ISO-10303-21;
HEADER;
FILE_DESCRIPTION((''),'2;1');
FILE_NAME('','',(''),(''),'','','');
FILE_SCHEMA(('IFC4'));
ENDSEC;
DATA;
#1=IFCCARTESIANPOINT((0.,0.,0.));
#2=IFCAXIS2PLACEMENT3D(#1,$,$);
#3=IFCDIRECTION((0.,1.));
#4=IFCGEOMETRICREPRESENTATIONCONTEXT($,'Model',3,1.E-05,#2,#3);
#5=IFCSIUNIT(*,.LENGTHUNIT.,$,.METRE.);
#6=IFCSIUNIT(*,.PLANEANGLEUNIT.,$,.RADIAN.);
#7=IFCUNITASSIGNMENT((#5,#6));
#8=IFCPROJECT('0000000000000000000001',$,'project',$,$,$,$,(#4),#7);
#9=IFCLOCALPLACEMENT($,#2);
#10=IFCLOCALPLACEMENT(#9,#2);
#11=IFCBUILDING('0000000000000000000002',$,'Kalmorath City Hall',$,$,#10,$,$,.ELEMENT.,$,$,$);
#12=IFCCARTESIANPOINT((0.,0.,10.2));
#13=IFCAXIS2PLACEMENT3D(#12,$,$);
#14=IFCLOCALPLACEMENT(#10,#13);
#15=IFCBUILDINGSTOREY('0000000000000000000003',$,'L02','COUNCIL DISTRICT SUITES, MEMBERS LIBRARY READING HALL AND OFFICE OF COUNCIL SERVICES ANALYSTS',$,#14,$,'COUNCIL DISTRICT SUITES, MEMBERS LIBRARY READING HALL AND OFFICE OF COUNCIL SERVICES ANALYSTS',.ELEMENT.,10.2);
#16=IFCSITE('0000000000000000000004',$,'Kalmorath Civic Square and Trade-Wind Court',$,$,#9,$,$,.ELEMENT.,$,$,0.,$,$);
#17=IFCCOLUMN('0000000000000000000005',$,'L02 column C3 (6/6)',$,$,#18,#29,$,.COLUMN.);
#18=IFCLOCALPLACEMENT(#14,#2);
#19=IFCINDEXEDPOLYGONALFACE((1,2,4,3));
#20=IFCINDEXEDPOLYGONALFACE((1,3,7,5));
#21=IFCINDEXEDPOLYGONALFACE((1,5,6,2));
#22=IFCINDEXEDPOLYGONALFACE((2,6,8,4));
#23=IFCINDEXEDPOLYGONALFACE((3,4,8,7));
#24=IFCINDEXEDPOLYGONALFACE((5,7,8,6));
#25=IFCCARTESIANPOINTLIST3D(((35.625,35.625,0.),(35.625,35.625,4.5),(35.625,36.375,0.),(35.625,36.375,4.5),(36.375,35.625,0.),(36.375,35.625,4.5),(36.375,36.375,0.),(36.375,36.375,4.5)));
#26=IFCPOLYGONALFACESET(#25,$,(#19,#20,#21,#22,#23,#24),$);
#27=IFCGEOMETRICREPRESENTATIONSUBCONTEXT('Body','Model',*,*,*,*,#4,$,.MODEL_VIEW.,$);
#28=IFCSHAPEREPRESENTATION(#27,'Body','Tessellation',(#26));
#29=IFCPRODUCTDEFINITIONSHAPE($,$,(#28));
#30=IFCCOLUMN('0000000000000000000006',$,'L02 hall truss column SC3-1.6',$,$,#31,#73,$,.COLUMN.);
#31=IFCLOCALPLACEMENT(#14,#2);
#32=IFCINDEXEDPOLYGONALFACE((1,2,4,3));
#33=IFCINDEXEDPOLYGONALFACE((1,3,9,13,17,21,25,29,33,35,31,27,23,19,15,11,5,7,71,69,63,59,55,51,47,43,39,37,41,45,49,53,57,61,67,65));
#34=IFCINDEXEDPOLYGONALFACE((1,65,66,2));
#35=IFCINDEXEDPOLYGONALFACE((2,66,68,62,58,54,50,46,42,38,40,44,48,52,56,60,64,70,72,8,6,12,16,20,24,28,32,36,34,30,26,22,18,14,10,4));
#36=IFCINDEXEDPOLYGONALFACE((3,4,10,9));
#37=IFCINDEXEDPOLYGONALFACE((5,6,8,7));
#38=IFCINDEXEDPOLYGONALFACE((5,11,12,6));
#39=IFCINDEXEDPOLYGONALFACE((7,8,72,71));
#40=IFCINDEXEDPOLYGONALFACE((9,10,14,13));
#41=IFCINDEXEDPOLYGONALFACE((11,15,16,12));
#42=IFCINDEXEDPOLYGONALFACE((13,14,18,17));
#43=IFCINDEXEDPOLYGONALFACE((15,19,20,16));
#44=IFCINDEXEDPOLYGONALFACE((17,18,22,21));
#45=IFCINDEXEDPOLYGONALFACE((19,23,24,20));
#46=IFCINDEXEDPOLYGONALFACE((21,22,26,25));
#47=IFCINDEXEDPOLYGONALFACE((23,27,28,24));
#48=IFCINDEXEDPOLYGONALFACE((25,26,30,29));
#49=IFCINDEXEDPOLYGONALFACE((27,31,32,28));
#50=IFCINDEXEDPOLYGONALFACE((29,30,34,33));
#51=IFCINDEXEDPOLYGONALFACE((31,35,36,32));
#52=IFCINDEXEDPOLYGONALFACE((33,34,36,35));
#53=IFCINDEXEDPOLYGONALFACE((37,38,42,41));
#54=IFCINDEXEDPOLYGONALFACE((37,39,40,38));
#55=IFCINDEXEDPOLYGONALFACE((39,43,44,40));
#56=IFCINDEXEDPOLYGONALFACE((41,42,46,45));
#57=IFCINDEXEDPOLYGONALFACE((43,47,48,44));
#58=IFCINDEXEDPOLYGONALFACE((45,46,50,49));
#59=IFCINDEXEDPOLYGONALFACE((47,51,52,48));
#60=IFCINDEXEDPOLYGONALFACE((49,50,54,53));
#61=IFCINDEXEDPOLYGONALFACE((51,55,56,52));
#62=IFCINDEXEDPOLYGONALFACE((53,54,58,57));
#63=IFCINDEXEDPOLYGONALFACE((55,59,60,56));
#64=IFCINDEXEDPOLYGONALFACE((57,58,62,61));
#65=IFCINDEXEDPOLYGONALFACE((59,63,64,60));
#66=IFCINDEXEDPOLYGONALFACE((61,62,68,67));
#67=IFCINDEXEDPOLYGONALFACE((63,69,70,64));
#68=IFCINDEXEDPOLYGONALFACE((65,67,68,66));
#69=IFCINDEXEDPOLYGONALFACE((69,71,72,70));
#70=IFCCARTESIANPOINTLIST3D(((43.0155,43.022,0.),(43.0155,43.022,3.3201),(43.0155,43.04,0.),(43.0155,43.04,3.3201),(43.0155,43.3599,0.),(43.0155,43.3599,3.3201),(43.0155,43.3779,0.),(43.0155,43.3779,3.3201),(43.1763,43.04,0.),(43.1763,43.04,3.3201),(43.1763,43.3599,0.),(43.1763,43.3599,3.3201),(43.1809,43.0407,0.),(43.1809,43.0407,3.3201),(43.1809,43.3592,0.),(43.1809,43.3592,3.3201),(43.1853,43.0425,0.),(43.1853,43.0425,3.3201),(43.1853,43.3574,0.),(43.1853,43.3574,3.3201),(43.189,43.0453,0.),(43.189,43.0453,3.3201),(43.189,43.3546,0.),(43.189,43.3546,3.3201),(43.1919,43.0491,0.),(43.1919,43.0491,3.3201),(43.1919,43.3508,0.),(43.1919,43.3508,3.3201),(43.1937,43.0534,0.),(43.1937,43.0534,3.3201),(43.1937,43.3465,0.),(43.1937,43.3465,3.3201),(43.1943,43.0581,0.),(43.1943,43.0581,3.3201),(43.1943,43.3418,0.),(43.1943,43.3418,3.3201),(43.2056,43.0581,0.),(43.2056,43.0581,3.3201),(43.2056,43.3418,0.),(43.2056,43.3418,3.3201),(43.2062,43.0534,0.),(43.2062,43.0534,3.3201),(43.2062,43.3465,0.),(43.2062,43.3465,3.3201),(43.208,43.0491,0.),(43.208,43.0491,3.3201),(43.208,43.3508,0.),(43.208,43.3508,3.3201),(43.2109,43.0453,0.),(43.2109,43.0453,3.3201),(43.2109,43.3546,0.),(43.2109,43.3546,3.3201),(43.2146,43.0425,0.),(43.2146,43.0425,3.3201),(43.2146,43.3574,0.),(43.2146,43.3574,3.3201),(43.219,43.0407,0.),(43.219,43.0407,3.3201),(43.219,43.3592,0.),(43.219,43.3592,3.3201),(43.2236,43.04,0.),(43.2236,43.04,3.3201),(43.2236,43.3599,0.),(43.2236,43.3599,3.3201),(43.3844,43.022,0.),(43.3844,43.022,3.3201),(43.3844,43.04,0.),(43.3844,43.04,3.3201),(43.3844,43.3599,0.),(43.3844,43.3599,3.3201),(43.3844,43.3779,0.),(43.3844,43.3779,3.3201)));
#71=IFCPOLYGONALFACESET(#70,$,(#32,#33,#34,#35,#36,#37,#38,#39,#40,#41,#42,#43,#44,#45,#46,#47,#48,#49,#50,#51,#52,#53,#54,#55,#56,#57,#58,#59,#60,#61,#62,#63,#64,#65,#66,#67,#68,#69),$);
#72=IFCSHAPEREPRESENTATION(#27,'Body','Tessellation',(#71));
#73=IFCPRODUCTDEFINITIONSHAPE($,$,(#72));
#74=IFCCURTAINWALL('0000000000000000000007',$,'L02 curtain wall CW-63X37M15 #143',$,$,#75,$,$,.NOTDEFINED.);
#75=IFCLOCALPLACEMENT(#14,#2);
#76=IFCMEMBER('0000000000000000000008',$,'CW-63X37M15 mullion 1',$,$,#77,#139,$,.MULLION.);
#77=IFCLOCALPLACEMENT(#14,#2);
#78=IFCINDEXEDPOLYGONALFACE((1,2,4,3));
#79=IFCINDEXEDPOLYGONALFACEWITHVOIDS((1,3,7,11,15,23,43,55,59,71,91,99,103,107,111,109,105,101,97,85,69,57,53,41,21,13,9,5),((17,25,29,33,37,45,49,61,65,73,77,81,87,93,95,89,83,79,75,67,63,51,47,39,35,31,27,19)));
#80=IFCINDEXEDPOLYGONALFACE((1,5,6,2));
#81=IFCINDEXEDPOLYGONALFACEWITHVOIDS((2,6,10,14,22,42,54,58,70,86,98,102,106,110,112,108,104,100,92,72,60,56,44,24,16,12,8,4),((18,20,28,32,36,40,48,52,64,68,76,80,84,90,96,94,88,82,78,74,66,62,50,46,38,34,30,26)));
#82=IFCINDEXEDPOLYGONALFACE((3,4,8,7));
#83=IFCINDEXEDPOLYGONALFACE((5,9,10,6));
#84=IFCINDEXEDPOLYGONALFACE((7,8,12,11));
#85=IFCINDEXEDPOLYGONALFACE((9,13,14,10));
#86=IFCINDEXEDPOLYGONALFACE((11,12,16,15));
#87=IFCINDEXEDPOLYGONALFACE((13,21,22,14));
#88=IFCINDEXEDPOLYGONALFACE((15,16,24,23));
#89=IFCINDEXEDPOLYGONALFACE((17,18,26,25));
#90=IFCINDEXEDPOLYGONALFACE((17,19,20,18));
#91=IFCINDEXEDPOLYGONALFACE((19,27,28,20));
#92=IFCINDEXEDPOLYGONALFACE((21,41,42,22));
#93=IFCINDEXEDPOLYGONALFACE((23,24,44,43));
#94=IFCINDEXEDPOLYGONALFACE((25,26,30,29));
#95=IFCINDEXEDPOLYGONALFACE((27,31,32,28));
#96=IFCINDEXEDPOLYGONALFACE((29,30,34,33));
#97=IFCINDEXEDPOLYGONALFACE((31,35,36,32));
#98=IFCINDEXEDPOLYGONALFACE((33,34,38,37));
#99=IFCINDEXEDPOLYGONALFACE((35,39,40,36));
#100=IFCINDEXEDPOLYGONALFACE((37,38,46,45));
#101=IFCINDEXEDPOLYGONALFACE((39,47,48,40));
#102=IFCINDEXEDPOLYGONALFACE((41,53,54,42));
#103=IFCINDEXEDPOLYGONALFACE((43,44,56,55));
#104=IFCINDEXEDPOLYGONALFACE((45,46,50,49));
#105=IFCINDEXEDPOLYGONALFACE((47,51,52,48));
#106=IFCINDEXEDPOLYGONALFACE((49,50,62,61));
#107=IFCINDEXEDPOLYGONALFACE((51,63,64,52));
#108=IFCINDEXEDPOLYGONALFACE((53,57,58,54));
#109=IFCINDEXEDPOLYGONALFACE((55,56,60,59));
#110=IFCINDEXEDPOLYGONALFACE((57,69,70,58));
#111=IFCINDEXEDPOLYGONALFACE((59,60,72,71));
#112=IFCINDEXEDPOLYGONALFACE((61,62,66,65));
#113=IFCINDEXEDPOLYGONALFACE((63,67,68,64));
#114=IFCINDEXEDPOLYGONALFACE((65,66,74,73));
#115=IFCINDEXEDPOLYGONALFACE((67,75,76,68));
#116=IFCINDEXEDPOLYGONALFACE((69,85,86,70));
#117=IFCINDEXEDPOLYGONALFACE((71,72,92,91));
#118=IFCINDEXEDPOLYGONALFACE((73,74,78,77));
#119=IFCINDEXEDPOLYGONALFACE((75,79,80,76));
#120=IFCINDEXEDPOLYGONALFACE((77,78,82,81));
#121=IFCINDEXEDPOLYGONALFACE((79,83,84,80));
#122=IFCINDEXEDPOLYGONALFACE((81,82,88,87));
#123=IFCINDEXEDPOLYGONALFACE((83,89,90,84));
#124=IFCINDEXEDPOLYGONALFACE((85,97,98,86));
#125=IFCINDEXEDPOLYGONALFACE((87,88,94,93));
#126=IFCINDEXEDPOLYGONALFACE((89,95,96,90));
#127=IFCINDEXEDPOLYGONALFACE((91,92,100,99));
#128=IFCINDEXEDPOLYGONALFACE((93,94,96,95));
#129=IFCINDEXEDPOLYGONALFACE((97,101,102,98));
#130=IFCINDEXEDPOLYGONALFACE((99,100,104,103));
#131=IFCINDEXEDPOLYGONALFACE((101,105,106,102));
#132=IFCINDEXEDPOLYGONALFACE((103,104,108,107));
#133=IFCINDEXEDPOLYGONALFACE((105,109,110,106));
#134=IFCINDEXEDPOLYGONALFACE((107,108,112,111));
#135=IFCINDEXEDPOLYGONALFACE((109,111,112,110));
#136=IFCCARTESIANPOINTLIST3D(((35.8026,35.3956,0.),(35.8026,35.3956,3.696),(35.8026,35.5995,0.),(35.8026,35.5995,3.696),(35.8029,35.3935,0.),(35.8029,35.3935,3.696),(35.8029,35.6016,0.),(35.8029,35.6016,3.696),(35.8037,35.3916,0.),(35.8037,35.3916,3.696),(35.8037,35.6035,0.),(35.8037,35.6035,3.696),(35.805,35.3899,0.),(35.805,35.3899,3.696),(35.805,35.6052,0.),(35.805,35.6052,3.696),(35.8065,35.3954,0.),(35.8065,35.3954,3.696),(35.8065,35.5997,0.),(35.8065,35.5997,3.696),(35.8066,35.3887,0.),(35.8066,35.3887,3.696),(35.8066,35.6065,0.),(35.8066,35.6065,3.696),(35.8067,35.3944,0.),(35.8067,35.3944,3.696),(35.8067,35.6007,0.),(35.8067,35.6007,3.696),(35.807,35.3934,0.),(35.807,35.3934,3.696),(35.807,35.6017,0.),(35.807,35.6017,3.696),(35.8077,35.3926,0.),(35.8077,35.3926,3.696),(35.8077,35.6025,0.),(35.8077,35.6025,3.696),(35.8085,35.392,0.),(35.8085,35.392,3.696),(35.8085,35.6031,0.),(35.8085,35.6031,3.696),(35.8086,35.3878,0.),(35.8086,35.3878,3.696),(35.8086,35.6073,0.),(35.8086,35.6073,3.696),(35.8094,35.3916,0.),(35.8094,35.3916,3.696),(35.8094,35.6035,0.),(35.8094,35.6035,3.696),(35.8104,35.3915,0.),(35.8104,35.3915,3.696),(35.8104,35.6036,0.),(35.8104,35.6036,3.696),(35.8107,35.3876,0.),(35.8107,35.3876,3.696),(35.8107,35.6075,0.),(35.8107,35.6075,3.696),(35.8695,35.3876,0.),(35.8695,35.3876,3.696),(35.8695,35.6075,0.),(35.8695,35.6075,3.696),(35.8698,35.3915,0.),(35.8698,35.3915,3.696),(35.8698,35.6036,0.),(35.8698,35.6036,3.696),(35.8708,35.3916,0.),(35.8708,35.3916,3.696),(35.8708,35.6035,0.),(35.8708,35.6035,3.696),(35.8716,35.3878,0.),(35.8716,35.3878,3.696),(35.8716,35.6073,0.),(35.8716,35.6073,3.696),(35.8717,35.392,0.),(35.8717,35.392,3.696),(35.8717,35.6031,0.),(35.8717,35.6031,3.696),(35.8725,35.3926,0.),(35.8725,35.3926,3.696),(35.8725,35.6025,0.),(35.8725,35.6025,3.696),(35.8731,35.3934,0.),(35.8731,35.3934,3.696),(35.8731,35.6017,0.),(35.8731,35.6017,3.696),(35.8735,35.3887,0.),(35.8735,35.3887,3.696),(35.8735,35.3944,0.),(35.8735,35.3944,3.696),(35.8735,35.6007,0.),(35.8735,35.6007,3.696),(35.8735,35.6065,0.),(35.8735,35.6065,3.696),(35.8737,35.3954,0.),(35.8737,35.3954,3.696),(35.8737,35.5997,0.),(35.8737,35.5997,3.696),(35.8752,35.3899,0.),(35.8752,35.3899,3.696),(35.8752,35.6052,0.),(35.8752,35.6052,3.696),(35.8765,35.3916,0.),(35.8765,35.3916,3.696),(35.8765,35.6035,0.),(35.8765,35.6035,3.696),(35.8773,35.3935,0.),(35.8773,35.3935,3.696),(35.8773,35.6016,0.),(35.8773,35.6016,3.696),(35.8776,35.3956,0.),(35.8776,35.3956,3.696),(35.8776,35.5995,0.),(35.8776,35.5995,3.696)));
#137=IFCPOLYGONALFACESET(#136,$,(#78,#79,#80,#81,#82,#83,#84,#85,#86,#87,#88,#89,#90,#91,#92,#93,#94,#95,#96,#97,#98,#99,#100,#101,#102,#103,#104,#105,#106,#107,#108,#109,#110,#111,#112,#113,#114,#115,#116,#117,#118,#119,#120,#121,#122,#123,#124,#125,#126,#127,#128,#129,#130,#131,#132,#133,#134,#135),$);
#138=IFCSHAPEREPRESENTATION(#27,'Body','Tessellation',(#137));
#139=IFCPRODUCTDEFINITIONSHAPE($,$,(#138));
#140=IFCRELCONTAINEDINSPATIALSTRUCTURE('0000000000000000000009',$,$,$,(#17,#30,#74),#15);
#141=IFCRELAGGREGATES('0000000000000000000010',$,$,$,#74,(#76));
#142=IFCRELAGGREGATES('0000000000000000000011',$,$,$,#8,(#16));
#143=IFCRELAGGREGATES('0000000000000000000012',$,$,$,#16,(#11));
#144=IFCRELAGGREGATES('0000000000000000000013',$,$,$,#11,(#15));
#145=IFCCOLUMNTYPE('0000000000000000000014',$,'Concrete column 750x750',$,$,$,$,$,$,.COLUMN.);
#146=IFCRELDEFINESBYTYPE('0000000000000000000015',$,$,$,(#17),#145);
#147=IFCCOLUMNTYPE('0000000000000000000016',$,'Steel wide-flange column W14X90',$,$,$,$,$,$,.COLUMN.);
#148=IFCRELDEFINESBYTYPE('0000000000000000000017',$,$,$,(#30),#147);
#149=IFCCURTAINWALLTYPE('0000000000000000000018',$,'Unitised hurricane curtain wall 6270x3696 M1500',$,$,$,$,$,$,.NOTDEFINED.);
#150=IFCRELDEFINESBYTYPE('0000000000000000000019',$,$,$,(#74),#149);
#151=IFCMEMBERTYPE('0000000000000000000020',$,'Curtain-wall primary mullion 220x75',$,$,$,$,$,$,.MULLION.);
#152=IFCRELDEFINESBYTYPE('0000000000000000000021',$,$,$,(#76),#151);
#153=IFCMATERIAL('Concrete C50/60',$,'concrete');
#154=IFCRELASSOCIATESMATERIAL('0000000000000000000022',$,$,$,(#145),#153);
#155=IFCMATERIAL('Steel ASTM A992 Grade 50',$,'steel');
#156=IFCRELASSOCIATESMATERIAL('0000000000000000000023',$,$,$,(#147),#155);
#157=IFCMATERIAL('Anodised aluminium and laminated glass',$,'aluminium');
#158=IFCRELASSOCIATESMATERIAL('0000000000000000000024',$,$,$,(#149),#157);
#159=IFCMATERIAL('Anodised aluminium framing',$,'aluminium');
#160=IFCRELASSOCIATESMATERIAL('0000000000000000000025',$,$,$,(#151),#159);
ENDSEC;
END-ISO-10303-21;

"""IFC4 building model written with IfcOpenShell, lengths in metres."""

from ifc_helpers import new_model, si_unit, direction, frame, origin, origin_2d, place, context, subcontext, project, spatial, rectangle, hollow_rectangle, i_section, extrude, material, material_profile, profile_set, type_object, element, aggregate, save


model = new_model("IFC4")

# Units and contexts
model_context = context("Model", 3, precision=1e-05, world=origin(), true_north=direction((0.0, 1.0)))
body_context = subcontext(model_context, "Body", "Model", "MODEL_VIEW")
ifc_project = project(units=[si_unit("LENGTHUNIT", "METRE"), si_unit("PLANEANGLEUNIT", "RADIAN")], contexts=[model_context])

# Site, building, storey
site_placement = place(None, origin())
site = spatial("IfcSite", under=ifc_project, at=site_placement, Name="Kalmorath Civic Square and Trade-Wind Court", CompositionType="ELEMENT", RefElevation=0.0)
building_placement = place(site_placement, origin())
building = spatial("IfcBuilding", under=site, at=building_placement, Name="Kalmorath City Hall", CompositionType="ELEMENT")
storey_placement = place(building_placement, frame((0.0, 0.0, 10.2)))
storey = spatial("IfcBuildingStorey", under=building, at=storey_placement, Name="L02", Description="COUNCIL DISTRICT SUITES, MEMBERS LIBRARY READING HALL AND OFFICE OF COUNCIL SERVICES ANALYSTS", LongName="COUNCIL DISTRICT SUITES, MEMBERS LIBRARY READING HALL AND OFFICE OF COUNCIL SERVICES ANALYSTS", CompositionType="ELEMENT", Elevation=10.2)

# Columns
ifc_material_1 = material(Name="Concrete C50/60", Category="concrete")
ifc_material_profile_1 = material_profile(ifc_material_1, rectangle(XDim=0.75, YDim=0.75, at=origin_2d()), Name="RC-COL-750X750")
ifc_profile_set_1 = profile_set([ifc_material_profile_1], Name="Concrete C50/60")
column_type_1 = type_object("IfcColumnType", Name="Concrete column 750x750", PredefinedType="COLUMN", material=ifc_profile_set_1)
column_1_placement = place(storey_placement, frame((36.0, 36.0, 0.0), z_axis=(0.0, 0.0, 1.0), x_axis=(1.0, 0.0, 0.0)))
element("IfcColumn", 1, at=column_1_placement, inside=storey, type_object=column_type_1, Name="L02 column C3 (6/6)", PredefinedType="COLUMN", context=body_context, shape_type="SweptSolid", body=[
    extrude(rectangle(XDim=0.75, YDim=0.75, at=origin_2d()), origin(), (0.0, 0.0, 1.0), 4.5),
])
ifc_material_2 = material(Name="Steel ASTM A992 Grade 50", Category="steel")
ifc_material_profile_2 = material_profile(ifc_material_2, i_section(OverallWidth=0.3689, OverallDepth=0.356, WebThickness=0.0112, FlangeThickness=0.0181, FilletRadius=0.0181, at=origin_2d()), Name="W14X90")
ifc_profile_set_2 = profile_set([ifc_material_profile_2], Name="Steel ASTM A992 Grade 50")
column_type_2 = type_object("IfcColumnType", Name="Steel wide-flange column W14X90", PredefinedType="COLUMN", material=ifc_profile_set_2)
column_2_placement = place(storey_placement, frame((43.2, 43.2, 0.0), z_axis=(0.0, 0.0, 1.0), x_axis=(1.0, 0.0, 0.0)))
element("IfcColumn", 2, at=column_2_placement, inside=storey, type_object=column_type_2, Name="L02 hall truss column SC3-1.6", PredefinedType="COLUMN", context=body_context, shape_type="SweptSolid", body=[
    extrude(i_section(OverallWidth=0.3689, OverallDepth=0.356, WebThickness=0.0112, FlangeThickness=0.0181, FilletRadius=0.0181, at=origin_2d()), origin(), (0.0, 0.0, 1.0), 3.3201),
])

# Curtain wall, member
ifc_material_3 = material(Name="Anodised aluminium and laminated glass", Category="aluminium")
curtain_wall_type = type_object("IfcCurtainWallType", Name="Unitised hurricane curtain wall 6270x3696 M1500", PredefinedType="NOTDEFINED", material=ifc_material_3)
curtain_wall_placement = place(storey_placement, origin())
curtain_wall = element("IfcCurtainWall", 3, at=curtain_wall_placement, inside=storey, type_object=curtain_wall_type, Name="L02 curtain wall CW-63X37M15 #143", PredefinedType="NOTDEFINED")
ifc_material_4 = material(Name="Anodised aluminium framing", Category="aluminium")
ifc_material_profile_3 = material_profile(ifc_material_4, hollow_rectangle(XDim=0.075, YDim=0.22, WallThickness=0.0039, InnerFilletRadius=0.0039, OuterFilletRadius=0.0081, at=origin_2d()), Name="ALU-MUL-220X75X4")
ifc_profile_set_3 = profile_set([ifc_material_profile_3], Name="Anodised aluminium framing")
member_type_1 = type_object("IfcMemberType", Name="Curtain-wall primary mullion 220x75", PredefinedType="MULLION", material=ifc_profile_set_3)
member_1_placement = place(storey_placement, frame((35.8401, 35.4976, 0.0), z_axis=(0.0, 0.0, 1.0), x_axis=(1.0, 0.0, 0.0)))
member_1 = element("IfcMember", 4, at=member_1_placement, type_object=member_type_1, Name="CW-63X37M15 mullion 1", PredefinedType="MULLION", context=body_context, shape_type="SweptSolid", body=[
    extrude(hollow_rectangle(XDim=0.075, YDim=0.22, WallThickness=0.0039, InnerFilletRadius=0.0039, OuterFilletRadius=0.0081, at=origin_2d()), origin(), (0.0, 0.0, 1.0), 3.696),
])

aggregate(curtain_wall, [member_1])

save(model, "model.ifc")
